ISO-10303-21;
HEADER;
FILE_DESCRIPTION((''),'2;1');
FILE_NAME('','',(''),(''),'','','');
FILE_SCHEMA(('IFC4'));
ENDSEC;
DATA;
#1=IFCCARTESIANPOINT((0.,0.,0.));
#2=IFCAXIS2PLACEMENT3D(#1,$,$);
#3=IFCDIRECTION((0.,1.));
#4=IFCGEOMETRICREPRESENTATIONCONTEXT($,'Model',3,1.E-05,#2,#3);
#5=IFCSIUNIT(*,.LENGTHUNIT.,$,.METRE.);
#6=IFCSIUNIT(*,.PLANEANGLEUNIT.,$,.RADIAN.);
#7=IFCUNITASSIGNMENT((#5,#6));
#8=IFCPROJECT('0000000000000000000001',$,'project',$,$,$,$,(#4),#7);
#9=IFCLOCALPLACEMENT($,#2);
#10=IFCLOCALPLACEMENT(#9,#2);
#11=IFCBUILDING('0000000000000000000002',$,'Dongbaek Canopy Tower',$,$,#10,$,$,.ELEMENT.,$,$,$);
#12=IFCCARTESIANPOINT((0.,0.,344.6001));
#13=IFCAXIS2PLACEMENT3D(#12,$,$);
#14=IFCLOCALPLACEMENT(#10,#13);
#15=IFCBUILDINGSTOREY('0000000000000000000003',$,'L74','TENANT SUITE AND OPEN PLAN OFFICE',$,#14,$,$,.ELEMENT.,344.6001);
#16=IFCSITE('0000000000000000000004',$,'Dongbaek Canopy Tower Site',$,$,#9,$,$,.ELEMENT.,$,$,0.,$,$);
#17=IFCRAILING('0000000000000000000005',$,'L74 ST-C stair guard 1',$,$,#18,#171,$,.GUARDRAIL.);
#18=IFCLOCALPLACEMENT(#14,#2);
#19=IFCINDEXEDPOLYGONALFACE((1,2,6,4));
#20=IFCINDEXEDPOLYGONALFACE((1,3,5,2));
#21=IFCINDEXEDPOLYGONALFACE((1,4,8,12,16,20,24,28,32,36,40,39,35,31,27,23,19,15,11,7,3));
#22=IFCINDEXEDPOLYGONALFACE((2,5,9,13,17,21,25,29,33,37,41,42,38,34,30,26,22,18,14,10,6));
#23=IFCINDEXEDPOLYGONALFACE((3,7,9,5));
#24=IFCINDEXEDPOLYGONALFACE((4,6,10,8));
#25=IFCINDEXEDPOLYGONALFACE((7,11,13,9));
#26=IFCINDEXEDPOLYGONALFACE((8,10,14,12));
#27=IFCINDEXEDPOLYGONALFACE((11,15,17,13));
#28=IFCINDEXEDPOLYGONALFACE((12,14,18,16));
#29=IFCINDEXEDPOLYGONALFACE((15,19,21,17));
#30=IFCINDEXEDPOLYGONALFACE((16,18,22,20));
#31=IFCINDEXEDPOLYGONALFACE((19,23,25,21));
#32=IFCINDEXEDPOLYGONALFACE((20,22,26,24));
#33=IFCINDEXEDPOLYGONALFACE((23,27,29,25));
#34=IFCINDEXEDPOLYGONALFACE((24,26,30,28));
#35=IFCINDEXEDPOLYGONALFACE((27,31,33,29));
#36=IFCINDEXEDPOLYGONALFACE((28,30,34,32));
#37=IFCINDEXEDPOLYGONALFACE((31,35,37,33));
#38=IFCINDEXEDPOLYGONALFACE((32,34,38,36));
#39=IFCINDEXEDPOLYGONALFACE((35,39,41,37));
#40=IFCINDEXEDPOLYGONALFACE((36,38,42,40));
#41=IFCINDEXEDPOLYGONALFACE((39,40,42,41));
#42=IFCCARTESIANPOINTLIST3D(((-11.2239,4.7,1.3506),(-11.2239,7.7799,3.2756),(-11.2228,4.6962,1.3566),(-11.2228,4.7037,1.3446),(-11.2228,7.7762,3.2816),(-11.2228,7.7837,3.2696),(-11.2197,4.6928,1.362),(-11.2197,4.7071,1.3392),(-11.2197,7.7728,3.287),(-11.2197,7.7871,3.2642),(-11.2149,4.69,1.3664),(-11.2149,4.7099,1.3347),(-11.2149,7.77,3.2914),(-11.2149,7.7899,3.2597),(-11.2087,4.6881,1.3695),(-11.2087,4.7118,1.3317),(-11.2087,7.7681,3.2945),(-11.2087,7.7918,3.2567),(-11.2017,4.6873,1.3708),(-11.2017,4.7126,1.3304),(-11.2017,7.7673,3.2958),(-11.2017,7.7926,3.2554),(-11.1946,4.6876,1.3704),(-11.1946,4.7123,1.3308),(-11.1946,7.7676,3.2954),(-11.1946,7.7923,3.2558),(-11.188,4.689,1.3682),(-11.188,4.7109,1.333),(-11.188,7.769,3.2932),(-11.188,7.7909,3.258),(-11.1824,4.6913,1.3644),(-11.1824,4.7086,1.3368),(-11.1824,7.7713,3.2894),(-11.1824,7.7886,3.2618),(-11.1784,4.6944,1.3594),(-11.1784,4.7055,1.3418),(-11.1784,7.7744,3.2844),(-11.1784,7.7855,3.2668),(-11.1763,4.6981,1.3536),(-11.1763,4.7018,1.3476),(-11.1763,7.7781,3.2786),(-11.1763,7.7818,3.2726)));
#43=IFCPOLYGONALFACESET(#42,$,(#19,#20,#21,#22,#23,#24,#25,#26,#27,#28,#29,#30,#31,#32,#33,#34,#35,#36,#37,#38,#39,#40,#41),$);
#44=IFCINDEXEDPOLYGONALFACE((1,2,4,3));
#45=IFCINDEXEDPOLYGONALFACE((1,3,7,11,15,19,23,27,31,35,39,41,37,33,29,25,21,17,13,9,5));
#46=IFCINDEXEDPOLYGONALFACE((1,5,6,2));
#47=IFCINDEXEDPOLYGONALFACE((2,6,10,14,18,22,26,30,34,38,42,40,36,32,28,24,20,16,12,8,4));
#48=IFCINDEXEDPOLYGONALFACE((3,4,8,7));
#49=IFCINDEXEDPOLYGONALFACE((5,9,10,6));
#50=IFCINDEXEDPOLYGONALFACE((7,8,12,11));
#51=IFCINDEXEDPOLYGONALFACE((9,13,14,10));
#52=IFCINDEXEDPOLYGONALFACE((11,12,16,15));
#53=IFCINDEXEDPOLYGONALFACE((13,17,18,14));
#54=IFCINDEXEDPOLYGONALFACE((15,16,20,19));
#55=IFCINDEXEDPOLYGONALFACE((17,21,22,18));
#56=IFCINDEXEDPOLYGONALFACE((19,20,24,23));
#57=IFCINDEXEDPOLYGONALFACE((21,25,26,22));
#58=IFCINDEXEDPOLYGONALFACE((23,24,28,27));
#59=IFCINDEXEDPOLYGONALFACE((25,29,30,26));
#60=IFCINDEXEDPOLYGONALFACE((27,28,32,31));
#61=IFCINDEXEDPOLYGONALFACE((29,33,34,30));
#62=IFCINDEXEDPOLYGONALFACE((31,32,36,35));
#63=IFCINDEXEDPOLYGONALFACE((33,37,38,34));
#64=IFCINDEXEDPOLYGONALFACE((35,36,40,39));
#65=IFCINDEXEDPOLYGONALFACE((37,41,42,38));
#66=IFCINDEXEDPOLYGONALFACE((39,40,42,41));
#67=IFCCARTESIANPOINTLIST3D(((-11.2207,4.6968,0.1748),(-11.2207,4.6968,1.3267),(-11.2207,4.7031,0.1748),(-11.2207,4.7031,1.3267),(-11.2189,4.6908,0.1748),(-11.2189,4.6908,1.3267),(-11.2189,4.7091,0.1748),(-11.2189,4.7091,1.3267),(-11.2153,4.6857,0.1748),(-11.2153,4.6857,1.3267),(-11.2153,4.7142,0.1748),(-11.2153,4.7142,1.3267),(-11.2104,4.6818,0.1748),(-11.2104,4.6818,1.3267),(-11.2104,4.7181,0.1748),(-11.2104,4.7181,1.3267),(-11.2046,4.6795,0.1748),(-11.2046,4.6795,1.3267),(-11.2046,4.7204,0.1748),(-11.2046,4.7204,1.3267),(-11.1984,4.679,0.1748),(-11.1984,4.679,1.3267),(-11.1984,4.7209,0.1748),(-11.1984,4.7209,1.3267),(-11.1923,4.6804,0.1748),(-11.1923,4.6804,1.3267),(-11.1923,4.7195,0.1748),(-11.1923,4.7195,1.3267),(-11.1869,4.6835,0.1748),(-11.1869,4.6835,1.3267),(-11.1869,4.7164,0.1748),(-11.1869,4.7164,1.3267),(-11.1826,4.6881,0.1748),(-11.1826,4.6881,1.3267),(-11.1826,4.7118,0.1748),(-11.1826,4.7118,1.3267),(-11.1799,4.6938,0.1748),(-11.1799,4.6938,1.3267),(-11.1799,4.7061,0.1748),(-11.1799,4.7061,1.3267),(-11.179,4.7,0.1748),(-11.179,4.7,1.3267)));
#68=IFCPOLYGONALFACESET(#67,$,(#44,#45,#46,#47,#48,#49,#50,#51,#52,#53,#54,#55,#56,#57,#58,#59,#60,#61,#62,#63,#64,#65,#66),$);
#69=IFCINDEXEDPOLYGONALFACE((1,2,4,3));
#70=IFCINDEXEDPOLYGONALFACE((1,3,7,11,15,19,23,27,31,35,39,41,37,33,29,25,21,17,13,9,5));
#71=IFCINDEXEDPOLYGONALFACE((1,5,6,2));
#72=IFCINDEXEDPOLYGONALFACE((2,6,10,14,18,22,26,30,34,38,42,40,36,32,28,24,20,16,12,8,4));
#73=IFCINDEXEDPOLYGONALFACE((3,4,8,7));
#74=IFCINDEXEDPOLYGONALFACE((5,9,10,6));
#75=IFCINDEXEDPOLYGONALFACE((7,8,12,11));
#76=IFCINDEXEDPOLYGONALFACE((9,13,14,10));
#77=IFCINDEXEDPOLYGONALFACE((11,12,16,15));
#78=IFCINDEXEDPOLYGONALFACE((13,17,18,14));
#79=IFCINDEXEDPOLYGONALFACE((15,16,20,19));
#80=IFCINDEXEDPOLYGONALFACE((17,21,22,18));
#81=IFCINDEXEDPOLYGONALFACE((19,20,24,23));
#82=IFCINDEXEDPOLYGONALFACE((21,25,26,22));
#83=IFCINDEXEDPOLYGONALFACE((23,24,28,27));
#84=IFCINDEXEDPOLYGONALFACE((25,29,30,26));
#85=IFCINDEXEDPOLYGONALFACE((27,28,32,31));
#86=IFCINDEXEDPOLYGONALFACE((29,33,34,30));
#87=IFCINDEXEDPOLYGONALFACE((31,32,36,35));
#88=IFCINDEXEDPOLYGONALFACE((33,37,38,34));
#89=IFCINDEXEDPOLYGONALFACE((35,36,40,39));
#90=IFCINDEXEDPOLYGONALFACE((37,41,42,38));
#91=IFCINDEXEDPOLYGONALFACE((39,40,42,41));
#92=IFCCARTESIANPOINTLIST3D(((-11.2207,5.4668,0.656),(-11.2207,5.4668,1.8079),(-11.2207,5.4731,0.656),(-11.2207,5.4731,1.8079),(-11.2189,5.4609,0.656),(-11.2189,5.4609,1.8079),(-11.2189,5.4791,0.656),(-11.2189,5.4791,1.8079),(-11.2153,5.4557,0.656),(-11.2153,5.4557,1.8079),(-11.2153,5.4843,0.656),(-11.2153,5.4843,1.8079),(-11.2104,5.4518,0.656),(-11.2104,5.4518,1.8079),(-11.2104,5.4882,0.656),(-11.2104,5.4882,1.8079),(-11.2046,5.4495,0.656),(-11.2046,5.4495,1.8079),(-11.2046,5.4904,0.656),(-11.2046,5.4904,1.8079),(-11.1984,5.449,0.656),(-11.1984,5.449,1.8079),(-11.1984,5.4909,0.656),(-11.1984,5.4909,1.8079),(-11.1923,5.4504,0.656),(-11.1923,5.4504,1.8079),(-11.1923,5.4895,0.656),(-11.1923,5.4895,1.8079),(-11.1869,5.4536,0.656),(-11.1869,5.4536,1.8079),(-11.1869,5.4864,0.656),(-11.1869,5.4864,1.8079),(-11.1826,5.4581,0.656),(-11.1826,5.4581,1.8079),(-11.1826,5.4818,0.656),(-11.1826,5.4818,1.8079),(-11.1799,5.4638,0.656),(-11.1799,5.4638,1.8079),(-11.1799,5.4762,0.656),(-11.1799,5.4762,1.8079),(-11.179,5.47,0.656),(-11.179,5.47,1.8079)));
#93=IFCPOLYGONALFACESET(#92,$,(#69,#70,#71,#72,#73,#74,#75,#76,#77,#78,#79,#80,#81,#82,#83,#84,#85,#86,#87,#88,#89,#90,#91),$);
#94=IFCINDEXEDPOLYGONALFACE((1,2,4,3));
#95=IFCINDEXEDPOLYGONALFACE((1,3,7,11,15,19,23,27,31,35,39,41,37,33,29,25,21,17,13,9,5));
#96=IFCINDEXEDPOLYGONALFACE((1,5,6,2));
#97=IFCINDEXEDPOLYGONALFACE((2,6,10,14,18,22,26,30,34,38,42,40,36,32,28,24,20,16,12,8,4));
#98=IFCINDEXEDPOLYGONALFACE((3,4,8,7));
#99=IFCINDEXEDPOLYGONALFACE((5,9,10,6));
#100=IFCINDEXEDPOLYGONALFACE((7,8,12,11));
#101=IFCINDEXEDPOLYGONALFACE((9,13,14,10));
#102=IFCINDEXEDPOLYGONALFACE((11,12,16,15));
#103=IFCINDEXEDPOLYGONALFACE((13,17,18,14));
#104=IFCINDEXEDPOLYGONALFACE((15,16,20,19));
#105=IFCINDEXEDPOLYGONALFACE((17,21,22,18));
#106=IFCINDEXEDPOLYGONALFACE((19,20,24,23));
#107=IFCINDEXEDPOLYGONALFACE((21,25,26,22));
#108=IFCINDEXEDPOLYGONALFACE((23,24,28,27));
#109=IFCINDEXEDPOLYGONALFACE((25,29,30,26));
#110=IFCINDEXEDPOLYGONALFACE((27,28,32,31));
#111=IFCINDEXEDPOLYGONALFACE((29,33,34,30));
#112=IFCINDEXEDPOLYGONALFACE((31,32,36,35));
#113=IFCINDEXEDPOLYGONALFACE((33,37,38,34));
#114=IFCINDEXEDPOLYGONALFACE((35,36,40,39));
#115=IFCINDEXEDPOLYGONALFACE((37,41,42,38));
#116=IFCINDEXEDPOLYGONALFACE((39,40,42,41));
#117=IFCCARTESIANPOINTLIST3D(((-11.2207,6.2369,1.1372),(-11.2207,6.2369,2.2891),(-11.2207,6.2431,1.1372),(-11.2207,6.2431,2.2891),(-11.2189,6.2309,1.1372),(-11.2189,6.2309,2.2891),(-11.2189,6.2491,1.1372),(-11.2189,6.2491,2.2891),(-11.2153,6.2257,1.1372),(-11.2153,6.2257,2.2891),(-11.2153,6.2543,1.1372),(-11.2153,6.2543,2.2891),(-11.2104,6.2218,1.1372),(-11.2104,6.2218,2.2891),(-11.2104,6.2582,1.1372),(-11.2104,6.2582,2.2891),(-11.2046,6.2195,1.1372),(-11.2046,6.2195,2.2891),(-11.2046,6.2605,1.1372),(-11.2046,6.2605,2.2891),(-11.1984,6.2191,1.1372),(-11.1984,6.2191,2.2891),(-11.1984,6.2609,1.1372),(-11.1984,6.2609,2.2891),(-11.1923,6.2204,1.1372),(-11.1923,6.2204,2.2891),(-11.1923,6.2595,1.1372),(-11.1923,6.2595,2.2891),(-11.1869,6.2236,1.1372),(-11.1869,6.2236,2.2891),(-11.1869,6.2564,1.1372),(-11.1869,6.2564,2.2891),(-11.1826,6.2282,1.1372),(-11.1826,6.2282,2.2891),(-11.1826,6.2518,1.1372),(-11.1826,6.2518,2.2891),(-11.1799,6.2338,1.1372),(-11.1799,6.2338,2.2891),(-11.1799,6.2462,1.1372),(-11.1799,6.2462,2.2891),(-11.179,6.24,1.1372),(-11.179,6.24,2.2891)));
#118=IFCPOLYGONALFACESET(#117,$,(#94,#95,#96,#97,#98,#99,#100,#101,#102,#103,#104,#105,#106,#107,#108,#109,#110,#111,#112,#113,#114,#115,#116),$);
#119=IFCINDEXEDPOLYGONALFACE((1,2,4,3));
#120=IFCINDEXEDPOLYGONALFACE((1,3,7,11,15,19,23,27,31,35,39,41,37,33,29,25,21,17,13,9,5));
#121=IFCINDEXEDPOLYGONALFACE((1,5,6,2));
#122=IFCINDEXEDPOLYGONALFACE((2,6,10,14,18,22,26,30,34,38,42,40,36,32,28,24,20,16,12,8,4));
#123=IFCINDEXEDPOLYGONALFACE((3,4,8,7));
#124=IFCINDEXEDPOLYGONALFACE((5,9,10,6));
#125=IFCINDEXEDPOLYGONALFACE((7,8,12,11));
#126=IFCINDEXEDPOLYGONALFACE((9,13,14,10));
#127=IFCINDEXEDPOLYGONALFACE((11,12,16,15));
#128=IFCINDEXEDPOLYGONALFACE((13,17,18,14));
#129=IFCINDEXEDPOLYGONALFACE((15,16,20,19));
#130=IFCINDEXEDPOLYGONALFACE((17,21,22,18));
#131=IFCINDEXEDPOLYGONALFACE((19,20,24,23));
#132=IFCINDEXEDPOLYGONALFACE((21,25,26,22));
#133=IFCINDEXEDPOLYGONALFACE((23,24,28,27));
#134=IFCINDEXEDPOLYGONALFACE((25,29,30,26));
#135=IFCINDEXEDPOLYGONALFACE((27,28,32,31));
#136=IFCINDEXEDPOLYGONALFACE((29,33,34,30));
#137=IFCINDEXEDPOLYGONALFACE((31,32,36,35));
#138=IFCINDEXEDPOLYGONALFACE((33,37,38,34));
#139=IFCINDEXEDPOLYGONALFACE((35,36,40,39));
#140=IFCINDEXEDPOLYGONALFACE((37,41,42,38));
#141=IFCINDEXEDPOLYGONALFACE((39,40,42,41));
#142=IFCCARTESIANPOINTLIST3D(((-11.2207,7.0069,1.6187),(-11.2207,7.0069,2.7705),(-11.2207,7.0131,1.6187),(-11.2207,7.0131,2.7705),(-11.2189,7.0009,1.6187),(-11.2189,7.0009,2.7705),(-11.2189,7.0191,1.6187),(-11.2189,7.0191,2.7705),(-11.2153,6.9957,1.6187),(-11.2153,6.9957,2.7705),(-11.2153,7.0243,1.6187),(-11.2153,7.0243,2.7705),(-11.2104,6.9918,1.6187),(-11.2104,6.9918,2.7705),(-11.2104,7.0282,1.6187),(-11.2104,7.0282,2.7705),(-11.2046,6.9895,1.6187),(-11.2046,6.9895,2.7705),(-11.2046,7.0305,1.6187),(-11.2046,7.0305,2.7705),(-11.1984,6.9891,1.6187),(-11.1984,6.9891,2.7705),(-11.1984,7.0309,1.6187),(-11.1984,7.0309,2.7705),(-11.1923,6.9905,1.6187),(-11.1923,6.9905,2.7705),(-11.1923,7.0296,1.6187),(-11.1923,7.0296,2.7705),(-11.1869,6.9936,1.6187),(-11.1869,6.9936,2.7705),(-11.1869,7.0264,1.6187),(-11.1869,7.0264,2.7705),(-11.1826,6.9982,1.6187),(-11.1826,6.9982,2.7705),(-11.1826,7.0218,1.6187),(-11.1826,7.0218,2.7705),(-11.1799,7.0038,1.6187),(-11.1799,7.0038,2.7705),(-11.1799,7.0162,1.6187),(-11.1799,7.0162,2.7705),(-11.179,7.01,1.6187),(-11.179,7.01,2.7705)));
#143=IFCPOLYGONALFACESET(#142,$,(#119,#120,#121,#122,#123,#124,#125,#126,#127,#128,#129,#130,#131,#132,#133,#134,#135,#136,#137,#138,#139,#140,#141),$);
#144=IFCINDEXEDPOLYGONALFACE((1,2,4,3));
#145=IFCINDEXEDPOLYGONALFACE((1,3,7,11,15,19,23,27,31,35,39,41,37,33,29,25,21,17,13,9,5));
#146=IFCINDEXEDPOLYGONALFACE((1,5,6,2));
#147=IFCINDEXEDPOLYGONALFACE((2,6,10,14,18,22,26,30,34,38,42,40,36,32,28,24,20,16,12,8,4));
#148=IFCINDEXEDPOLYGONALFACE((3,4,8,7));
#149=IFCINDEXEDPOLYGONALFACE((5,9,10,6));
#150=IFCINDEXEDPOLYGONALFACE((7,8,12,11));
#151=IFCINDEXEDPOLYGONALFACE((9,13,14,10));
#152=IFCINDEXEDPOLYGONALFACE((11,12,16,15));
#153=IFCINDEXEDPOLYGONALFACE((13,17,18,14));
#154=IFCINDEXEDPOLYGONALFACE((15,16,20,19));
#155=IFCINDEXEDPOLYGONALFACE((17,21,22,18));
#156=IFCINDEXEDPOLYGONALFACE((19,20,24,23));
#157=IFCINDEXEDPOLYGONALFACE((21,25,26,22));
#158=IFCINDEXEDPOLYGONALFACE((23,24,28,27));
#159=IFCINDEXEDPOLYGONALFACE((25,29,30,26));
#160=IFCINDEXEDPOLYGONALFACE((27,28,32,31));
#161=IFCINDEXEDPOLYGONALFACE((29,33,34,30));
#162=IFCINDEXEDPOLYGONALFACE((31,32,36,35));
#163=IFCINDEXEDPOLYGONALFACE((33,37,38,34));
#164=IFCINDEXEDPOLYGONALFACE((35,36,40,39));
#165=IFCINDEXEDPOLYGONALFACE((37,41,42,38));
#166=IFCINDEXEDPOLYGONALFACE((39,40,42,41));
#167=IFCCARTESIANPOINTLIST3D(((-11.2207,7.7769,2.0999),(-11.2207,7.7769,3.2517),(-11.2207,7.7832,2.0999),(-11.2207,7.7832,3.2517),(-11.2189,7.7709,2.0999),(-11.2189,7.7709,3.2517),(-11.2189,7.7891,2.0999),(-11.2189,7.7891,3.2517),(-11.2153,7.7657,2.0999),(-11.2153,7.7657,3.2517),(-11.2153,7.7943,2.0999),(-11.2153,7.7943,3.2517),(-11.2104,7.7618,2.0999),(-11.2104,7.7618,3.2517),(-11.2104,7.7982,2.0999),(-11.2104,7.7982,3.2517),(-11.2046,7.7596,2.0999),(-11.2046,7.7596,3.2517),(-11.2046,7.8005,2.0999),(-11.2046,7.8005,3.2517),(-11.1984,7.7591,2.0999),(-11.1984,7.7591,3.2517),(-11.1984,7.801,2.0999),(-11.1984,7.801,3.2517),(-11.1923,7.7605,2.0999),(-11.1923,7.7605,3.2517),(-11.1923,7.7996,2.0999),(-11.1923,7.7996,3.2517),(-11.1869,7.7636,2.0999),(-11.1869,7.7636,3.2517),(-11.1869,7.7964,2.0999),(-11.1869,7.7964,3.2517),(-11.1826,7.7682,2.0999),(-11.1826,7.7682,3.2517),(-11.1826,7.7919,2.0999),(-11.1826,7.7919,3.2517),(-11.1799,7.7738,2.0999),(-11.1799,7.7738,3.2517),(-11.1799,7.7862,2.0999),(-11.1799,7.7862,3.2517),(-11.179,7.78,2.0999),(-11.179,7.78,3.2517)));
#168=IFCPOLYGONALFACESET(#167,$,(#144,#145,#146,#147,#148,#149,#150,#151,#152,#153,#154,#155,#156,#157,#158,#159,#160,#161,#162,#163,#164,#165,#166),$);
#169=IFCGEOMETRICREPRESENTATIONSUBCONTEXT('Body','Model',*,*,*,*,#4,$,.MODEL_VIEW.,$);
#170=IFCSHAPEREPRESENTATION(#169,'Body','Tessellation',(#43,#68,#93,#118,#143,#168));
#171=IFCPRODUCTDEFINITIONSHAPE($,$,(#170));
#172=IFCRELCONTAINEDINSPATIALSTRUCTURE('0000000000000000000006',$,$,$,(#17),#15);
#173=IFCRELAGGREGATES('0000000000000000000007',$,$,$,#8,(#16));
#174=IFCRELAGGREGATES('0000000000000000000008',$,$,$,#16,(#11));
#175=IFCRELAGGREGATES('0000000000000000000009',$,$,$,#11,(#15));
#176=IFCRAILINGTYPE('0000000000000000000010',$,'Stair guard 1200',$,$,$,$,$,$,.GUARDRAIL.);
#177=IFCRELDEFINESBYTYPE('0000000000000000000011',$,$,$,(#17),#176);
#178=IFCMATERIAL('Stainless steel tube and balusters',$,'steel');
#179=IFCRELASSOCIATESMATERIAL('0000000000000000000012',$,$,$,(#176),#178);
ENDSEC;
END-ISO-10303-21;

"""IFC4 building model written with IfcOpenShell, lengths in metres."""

from ifc_helpers import new_model, si_unit, direction, frame, origin, origin_2d, place, context, subcontext, project, spatial, circle, extrude, material, type_object, element, save


model = new_model("IFC4")

# Units and contexts
model_context = context("Model", 3, precision=1e-05, world=origin(), true_north=direction((0.0, 1.0)))
body_context = subcontext(model_context, "Body", "Model", "MODEL_VIEW")
ifc_project = project(units=[si_unit("LENGTHUNIT", "METRE"), si_unit("PLANEANGLEUNIT", "RADIAN")], contexts=[model_context])

# Site, building, storey
site_placement = place(None, origin())
site = spatial("IfcSite", under=ifc_project, at=site_placement, Name="Dongbaek Canopy Tower Site", CompositionType="ELEMENT", RefElevation=0.0)
building_placement = place(site_placement, origin())
building = spatial("IfcBuilding", under=site, at=building_placement, Name="Dongbaek Canopy Tower", CompositionType="ELEMENT")
storey_placement = place(building_placement, frame((0.0, 0.0, 344.6001)))
storey = spatial("IfcBuildingStorey", under=building, at=storey_placement, Name="L74", Description="TENANT SUITE AND OPEN PLAN OFFICE", CompositionType="ELEMENT", Elevation=344.6001)

# Railing
ifc_material_1 = material(Name="Stainless steel tube and balusters", Category="steel")
railing_type_1 = type_object("IfcRailingType", Name="Stair guard 1200", PredefinedType="GUARDRAIL", material=ifc_material_1)
railing_1_placement = place(storey_placement, frame((-11.2, 4.7, 0.1748)))
element("IfcRailing", 1, at=railing_1_placement, inside=storey, type_object=railing_type_1, Name="L74 ST-C stair guard 1", PredefinedType="GUARDRAIL", context=body_context, shape_type="SweptSolid", body=[
    extrude(circle(Radius=0.0239, at=origin_2d()), frame((0.0, 0.0, 1.1758), z_axis=(0.0, 0.847998, 0.529999), x_axis=(-1.0, 0.0, 0.0)), (0.0, 0.0, 1.0), 3.6321),
    extrude(circle(Radius=0.021, at=origin_2d()), origin(), (0.0, 0.0, 1.0), 1.1519),
    extrude(circle(Radius=0.021, at=origin_2d()), frame((0.0, 0.77, 0.4812)), (0.0, 0.0, 1.0), 1.1519),
    extrude(circle(Radius=0.021, at=origin_2d()), frame((0.0, 1.54, 0.9624)), (0.0, 0.0, 1.0), 1.1519),
    extrude(circle(Radius=0.021, at=origin_2d()), frame((0.0, 2.3101, 1.4438)), (0.0, 0.0, 1.0), 1.1519),
    extrude(circle(Radius=0.021, at=origin_2d()), frame((0.0, 3.0801, 1.925)), (0.0, 0.0, 1.0), 1.1519),
])

save(model, "model.ifc")
